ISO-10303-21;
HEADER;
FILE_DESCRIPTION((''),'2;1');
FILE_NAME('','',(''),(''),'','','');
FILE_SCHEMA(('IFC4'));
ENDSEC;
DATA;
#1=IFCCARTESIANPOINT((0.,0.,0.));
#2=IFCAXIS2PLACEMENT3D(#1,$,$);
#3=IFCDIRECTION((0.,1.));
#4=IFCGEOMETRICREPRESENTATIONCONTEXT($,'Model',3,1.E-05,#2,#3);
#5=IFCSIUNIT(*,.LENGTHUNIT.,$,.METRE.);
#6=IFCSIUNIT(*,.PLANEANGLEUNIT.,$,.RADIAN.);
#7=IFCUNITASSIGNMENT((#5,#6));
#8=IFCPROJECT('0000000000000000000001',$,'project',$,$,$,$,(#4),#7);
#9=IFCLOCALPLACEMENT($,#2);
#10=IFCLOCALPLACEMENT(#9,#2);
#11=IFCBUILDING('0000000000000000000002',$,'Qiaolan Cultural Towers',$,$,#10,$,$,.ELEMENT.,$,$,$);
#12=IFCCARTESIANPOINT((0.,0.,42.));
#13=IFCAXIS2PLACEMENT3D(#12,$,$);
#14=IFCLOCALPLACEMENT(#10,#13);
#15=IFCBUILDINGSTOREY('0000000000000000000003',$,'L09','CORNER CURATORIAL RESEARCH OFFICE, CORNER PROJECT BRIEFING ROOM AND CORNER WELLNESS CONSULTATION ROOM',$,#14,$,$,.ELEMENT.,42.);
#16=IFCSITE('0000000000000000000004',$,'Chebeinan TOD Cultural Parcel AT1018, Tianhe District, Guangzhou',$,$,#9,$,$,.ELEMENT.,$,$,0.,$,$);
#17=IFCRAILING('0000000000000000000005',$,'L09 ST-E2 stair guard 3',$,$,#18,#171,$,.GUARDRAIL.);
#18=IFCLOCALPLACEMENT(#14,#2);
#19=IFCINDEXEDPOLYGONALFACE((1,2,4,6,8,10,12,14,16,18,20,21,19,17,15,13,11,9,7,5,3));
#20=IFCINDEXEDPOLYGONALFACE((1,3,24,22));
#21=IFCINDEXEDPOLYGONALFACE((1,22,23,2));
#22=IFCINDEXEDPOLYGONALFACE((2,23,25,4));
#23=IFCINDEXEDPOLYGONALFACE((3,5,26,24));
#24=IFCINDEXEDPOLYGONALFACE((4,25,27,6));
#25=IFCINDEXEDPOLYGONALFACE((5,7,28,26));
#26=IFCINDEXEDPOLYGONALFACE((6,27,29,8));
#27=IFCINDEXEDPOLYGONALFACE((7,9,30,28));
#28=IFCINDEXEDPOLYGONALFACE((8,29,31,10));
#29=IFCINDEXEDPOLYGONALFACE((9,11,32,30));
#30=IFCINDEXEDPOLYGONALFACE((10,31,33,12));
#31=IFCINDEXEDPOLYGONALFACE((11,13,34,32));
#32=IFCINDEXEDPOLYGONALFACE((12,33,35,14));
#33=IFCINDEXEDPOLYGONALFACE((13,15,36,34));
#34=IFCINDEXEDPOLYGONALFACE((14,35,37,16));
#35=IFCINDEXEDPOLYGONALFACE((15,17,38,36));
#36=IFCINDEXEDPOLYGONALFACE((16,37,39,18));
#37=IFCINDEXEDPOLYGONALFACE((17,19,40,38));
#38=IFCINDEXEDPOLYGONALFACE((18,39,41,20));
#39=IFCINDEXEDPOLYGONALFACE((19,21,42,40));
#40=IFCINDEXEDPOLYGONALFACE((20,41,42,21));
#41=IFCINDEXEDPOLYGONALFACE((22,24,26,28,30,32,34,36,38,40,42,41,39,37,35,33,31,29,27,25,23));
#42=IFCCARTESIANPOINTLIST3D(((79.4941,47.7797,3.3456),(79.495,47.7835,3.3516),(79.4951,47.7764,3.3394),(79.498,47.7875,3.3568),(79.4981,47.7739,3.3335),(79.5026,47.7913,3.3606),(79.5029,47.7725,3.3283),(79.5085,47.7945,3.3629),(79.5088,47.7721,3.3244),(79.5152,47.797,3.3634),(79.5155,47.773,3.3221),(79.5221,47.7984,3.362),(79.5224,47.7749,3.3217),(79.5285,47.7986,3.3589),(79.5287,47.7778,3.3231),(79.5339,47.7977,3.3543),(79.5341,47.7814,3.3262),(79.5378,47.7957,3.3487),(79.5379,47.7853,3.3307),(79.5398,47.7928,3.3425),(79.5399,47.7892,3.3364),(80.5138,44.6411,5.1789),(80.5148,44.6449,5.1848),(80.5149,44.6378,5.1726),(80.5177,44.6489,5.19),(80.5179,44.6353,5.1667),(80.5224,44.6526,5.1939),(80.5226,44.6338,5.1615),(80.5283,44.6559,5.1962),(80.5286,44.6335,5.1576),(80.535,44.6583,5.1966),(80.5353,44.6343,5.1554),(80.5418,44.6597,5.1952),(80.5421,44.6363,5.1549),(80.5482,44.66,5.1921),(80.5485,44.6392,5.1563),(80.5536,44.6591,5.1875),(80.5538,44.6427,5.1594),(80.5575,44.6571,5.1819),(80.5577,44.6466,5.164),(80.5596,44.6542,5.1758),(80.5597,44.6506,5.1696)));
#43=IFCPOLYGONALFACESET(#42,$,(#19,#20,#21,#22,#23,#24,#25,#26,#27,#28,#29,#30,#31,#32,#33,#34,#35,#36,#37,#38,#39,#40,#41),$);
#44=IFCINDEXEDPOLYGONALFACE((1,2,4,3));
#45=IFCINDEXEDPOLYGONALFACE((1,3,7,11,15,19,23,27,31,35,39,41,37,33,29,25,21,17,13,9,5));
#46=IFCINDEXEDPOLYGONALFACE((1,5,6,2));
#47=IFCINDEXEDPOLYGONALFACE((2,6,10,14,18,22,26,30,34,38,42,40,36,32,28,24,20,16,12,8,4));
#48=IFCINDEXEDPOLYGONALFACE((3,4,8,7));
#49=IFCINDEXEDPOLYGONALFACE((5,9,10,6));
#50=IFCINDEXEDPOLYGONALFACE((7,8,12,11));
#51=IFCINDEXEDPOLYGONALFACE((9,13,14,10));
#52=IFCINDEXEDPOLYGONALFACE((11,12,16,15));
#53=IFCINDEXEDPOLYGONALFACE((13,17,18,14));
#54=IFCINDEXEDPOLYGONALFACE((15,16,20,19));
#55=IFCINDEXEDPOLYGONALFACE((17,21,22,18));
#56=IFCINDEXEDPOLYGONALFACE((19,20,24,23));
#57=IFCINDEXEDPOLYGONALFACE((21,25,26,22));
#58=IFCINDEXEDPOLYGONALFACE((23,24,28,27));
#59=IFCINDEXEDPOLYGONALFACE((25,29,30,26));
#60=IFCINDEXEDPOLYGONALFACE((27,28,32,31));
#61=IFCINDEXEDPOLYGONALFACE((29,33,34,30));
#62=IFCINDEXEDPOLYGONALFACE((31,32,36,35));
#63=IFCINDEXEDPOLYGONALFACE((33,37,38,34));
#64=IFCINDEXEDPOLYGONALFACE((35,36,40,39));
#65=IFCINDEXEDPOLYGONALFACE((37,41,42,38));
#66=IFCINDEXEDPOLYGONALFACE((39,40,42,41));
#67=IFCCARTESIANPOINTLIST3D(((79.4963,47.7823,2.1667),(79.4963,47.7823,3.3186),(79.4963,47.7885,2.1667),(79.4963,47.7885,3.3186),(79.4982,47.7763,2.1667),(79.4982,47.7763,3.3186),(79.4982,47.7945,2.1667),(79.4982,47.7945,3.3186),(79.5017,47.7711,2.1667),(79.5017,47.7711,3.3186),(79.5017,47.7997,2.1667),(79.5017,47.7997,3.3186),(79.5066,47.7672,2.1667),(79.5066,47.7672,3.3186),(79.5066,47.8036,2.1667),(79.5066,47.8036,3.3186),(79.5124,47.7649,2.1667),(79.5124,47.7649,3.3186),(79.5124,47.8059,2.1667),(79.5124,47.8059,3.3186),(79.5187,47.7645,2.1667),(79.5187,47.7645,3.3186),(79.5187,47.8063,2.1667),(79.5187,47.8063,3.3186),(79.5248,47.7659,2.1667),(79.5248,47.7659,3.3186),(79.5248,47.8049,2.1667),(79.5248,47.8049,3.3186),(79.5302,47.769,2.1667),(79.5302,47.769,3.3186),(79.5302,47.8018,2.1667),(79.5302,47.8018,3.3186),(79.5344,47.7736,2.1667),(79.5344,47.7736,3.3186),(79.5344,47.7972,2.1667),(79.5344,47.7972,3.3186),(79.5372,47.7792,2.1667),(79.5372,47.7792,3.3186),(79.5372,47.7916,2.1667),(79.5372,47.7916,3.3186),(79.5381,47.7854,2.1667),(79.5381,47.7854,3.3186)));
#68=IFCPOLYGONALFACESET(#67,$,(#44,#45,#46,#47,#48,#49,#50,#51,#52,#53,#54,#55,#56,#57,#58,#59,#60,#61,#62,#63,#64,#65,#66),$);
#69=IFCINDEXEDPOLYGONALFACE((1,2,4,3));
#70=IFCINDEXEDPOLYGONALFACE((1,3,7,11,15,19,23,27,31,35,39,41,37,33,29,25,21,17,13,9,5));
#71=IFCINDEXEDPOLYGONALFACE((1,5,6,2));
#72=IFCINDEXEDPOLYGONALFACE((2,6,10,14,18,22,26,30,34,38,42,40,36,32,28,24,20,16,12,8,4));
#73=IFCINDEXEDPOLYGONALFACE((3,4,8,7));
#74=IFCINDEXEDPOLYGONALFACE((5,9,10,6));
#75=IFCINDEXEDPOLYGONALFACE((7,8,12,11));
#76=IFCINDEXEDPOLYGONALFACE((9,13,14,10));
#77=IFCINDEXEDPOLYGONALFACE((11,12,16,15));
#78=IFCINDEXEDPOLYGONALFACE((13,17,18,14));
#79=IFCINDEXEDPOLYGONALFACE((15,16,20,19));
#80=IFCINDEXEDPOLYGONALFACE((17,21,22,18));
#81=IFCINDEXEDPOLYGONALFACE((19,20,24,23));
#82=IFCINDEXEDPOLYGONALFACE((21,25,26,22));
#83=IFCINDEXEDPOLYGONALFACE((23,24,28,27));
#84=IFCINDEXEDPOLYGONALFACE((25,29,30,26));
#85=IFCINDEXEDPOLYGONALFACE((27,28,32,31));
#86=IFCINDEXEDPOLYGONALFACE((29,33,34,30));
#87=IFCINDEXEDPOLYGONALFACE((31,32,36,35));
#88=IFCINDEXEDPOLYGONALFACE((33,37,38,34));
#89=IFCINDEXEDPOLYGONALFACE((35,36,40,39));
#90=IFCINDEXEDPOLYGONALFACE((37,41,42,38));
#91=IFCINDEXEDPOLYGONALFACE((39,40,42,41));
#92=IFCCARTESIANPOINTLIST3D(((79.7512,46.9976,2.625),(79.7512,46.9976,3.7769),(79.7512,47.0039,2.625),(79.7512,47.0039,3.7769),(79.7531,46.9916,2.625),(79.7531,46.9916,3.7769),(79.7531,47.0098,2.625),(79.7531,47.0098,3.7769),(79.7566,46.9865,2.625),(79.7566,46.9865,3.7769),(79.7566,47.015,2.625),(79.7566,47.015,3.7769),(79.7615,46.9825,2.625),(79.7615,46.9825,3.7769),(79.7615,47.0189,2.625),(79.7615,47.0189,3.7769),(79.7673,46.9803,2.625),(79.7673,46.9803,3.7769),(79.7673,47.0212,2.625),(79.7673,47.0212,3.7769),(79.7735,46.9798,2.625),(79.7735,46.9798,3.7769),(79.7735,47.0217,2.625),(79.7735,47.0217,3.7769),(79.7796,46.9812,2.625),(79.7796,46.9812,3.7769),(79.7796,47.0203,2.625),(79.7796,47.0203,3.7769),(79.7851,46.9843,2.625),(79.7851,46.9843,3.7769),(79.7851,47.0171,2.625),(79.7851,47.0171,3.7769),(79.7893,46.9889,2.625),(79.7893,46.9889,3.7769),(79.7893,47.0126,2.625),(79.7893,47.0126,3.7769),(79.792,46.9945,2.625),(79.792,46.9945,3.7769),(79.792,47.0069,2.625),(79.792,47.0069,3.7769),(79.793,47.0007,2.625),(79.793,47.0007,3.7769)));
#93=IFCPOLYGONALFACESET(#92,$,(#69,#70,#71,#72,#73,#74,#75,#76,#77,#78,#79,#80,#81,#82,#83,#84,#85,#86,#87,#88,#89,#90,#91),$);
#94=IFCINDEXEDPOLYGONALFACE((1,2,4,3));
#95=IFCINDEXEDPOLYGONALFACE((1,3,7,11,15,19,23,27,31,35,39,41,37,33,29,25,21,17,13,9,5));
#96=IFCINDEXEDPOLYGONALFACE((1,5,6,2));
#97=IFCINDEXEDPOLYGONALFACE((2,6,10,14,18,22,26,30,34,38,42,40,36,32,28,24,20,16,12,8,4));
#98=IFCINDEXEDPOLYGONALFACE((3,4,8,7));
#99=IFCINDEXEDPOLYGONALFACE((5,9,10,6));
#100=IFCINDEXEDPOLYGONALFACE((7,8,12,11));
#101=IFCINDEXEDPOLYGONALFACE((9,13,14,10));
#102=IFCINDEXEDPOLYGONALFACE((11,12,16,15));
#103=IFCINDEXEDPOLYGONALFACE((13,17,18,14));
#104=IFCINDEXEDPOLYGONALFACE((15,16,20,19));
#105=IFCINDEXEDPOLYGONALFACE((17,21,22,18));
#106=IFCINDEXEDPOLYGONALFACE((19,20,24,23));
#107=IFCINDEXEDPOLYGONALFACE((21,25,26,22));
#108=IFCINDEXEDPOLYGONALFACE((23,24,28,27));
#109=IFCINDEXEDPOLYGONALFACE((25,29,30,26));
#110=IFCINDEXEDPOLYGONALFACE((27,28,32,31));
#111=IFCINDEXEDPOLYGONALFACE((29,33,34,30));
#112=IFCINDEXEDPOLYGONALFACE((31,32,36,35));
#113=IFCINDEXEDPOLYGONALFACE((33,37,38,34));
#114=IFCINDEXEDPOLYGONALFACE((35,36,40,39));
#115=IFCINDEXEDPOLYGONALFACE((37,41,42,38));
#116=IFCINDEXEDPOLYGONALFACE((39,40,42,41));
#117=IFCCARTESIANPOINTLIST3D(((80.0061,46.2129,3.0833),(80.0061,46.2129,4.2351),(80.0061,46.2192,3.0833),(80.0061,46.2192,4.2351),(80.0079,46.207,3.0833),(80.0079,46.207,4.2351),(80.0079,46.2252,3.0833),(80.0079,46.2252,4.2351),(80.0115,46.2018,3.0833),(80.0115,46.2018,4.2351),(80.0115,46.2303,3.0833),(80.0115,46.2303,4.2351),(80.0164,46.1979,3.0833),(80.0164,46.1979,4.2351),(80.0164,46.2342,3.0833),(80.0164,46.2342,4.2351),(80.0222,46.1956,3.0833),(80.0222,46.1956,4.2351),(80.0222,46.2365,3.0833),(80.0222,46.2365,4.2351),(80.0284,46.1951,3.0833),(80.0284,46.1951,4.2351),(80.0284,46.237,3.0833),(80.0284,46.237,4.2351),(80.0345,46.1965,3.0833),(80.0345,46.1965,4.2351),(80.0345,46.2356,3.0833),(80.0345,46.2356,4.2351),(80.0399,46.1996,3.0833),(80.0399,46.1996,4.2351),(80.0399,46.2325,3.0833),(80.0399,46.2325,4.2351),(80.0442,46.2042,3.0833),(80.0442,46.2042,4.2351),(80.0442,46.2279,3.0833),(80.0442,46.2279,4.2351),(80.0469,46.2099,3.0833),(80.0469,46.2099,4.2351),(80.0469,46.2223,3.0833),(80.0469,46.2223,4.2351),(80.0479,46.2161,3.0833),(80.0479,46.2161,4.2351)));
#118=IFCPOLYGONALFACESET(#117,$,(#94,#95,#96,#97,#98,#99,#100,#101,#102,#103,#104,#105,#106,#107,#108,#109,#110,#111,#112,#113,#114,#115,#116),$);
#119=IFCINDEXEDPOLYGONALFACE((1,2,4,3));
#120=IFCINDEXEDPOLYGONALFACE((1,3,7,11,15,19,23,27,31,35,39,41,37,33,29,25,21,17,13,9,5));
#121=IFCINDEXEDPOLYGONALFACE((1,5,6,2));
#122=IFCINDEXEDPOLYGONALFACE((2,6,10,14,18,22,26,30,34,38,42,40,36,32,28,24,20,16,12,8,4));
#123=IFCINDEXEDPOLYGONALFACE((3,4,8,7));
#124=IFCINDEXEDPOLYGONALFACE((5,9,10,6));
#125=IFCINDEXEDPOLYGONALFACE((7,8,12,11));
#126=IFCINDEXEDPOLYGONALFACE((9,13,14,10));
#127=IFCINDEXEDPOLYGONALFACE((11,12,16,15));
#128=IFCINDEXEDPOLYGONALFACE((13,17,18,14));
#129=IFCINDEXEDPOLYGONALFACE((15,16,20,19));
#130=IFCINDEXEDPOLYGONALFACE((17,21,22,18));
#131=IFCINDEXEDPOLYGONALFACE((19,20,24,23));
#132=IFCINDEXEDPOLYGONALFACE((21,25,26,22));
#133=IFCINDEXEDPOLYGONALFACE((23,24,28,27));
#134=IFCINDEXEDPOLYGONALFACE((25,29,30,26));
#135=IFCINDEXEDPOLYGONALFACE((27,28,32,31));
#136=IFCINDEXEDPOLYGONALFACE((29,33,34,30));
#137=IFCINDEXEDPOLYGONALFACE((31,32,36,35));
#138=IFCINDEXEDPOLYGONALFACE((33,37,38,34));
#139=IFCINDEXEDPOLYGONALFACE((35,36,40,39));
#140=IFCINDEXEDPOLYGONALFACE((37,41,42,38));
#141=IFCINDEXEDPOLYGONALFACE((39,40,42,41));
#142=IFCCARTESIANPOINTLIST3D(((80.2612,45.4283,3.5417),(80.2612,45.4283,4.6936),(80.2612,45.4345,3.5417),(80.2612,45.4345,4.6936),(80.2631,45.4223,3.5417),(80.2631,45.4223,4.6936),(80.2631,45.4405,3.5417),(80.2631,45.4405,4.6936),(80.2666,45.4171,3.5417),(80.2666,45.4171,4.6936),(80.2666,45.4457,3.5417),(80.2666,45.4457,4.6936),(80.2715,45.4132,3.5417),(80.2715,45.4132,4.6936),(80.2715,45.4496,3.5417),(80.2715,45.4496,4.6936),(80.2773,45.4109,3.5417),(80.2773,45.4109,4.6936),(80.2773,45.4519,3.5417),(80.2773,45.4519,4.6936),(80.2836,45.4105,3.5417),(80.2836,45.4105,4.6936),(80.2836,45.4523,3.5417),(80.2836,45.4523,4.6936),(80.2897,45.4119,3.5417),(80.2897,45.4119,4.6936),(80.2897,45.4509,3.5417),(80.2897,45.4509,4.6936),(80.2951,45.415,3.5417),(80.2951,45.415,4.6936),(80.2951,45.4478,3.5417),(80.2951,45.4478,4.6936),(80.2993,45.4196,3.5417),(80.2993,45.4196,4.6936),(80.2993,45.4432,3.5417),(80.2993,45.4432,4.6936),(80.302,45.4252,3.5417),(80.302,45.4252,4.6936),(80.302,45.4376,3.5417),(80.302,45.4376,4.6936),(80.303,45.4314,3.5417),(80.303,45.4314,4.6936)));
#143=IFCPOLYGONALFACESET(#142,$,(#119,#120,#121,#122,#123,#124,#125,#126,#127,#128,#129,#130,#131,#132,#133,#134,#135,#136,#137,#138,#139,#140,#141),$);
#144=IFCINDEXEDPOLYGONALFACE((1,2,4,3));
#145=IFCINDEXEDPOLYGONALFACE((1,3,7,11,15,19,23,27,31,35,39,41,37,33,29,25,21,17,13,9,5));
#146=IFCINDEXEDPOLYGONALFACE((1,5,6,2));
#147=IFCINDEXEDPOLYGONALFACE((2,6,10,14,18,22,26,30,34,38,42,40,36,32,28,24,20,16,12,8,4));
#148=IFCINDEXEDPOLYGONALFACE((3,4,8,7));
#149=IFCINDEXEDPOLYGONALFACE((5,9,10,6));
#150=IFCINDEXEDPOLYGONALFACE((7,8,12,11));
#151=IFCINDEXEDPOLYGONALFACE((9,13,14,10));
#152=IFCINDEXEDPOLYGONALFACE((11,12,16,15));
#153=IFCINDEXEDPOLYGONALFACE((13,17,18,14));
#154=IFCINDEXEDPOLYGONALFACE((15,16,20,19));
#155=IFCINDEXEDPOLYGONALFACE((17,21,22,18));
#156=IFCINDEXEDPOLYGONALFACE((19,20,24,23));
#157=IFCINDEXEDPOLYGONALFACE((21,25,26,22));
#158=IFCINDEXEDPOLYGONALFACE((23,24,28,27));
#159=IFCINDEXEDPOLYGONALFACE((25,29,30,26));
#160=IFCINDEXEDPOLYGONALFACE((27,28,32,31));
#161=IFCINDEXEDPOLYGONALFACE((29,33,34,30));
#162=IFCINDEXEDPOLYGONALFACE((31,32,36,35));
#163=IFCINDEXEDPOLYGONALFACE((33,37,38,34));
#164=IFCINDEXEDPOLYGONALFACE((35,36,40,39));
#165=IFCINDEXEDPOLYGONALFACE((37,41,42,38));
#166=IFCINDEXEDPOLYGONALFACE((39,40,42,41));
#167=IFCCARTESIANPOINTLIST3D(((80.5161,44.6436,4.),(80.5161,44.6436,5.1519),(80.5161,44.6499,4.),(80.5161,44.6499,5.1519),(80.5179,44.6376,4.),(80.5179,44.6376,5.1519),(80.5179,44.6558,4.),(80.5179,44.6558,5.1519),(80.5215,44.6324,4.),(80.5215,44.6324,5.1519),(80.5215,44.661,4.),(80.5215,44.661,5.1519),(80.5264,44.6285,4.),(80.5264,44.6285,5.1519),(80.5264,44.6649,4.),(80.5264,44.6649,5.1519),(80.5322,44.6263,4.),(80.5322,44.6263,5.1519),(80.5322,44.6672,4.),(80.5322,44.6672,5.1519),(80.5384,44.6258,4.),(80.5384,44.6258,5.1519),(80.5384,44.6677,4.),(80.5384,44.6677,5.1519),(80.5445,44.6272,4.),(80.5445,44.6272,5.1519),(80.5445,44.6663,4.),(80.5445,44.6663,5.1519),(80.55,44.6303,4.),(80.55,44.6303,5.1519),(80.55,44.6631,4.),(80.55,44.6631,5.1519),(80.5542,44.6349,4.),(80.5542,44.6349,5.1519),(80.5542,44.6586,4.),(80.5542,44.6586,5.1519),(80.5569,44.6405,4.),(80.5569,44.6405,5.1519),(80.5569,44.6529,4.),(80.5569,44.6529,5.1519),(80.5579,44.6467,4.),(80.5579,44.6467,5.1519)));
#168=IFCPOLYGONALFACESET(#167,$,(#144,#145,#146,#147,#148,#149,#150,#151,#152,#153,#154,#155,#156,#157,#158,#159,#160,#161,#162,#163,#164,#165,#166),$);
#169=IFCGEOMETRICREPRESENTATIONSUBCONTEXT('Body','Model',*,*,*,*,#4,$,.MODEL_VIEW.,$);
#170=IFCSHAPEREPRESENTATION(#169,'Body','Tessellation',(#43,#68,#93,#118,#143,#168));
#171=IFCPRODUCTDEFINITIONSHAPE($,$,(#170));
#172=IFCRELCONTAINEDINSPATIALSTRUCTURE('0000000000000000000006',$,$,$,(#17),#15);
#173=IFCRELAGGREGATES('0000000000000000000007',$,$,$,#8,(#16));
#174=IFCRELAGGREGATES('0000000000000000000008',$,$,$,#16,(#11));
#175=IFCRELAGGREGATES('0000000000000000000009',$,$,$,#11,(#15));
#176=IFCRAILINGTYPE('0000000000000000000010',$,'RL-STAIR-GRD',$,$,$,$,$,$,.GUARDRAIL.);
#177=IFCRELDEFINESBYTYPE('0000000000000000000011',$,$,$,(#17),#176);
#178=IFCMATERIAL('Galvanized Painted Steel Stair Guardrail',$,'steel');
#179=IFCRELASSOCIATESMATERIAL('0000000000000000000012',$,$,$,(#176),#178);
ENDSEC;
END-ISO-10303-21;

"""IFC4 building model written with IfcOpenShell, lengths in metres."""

from ifc_helpers import new_model, si_unit, direction, frame, origin, origin_2d, place, context, subcontext, project, spatial, circle, extrude, material, type_object, element, save


model = new_model("IFC4")

# Units and contexts
model_context = context("Model", 3, precision=1e-05, world=origin(), true_north=direction((0.0, 1.0)))
body_context = subcontext(model_context, "Body", "Model", "MODEL_VIEW")
ifc_project = project(units=[si_unit("LENGTHUNIT", "METRE"), si_unit("PLANEANGLEUNIT", "RADIAN")], contexts=[model_context])

# Site, building, storey
site_placement = place(None, origin())
site = spatial("IfcSite", under=ifc_project, at=site_placement, Name="Chebeinan TOD Cultural Parcel AT1018, Tianhe District, Guangzhou", CompositionType="ELEMENT", RefElevation=0.0)
building_placement = place(site_placement, origin())
building = spatial("IfcBuilding", under=site, at=building_placement, Name="Qiaolan Cultural Towers", CompositionType="ELEMENT")
storey_placement = place(building_placement, frame((0.0, 0.0, 42.0)))
storey = spatial("IfcBuildingStorey", under=building, at=storey_placement, Name="L09", Description="CORNER CURATORIAL RESEARCH OFFICE, CORNER PROJECT BRIEFING ROOM AND CORNER WELLNESS CONSULTATION ROOM", CompositionType="ELEMENT", Elevation=42.0)

# Railing
ifc_material_1 = material(Name="Galvanized Painted Steel Stair Guardrail", Category="steel")
railing_type_1 = type_object("IfcRailingType", Name="RL-STAIR-GRD", PredefinedType="GUARDRAIL", material=ifc_material_1)
railing_1_placement = place(storey_placement, frame((79.5171, 47.7854, 2.1667)))
element("IfcRailing", 1, at=railing_1_placement, inside=storey, type_object=railing_type_1, Name="L09 ST-E2 stair guard 3", PredefinedType="GUARDRAIL", context=body_context, shape_type="SweptSolid", body=[
    extrude(circle(Radius=0.0239, at=origin_2d()), frame((0.0, 0.0, 1.1758), z_axis=(0.270126, -0.831396, 0.485606), x_axis=(0.95106, 0.309006, 0.0)), (0.0, 0.0, 1.0), 3.7751),
    extrude(circle(Radius=0.021, at=origin_2d()), origin(), (0.0, 0.0, 1.0), 1.1519),
    extrude(circle(Radius=0.021, at=origin_2d()), frame((0.2549, -0.7847, 0.4583)), (0.0, 0.0, 1.0), 1.1519),
    extrude(circle(Radius=0.021, at=origin_2d()), frame((0.5098, -1.5693, 0.9165)), (0.0, 0.0, 1.0), 1.1519),
    extrude(circle(Radius=0.021, at=origin_2d()), frame((0.7649, -2.354, 1.375)), (0.0, 0.0, 1.0), 1.1519),
    extrude(circle(Radius=0.021, at=origin_2d()), frame((1.0198, -3.1387, 1.8333)), (0.0, 0.0, 1.0), 1.1519),
])

save(model, "model.ifc")
